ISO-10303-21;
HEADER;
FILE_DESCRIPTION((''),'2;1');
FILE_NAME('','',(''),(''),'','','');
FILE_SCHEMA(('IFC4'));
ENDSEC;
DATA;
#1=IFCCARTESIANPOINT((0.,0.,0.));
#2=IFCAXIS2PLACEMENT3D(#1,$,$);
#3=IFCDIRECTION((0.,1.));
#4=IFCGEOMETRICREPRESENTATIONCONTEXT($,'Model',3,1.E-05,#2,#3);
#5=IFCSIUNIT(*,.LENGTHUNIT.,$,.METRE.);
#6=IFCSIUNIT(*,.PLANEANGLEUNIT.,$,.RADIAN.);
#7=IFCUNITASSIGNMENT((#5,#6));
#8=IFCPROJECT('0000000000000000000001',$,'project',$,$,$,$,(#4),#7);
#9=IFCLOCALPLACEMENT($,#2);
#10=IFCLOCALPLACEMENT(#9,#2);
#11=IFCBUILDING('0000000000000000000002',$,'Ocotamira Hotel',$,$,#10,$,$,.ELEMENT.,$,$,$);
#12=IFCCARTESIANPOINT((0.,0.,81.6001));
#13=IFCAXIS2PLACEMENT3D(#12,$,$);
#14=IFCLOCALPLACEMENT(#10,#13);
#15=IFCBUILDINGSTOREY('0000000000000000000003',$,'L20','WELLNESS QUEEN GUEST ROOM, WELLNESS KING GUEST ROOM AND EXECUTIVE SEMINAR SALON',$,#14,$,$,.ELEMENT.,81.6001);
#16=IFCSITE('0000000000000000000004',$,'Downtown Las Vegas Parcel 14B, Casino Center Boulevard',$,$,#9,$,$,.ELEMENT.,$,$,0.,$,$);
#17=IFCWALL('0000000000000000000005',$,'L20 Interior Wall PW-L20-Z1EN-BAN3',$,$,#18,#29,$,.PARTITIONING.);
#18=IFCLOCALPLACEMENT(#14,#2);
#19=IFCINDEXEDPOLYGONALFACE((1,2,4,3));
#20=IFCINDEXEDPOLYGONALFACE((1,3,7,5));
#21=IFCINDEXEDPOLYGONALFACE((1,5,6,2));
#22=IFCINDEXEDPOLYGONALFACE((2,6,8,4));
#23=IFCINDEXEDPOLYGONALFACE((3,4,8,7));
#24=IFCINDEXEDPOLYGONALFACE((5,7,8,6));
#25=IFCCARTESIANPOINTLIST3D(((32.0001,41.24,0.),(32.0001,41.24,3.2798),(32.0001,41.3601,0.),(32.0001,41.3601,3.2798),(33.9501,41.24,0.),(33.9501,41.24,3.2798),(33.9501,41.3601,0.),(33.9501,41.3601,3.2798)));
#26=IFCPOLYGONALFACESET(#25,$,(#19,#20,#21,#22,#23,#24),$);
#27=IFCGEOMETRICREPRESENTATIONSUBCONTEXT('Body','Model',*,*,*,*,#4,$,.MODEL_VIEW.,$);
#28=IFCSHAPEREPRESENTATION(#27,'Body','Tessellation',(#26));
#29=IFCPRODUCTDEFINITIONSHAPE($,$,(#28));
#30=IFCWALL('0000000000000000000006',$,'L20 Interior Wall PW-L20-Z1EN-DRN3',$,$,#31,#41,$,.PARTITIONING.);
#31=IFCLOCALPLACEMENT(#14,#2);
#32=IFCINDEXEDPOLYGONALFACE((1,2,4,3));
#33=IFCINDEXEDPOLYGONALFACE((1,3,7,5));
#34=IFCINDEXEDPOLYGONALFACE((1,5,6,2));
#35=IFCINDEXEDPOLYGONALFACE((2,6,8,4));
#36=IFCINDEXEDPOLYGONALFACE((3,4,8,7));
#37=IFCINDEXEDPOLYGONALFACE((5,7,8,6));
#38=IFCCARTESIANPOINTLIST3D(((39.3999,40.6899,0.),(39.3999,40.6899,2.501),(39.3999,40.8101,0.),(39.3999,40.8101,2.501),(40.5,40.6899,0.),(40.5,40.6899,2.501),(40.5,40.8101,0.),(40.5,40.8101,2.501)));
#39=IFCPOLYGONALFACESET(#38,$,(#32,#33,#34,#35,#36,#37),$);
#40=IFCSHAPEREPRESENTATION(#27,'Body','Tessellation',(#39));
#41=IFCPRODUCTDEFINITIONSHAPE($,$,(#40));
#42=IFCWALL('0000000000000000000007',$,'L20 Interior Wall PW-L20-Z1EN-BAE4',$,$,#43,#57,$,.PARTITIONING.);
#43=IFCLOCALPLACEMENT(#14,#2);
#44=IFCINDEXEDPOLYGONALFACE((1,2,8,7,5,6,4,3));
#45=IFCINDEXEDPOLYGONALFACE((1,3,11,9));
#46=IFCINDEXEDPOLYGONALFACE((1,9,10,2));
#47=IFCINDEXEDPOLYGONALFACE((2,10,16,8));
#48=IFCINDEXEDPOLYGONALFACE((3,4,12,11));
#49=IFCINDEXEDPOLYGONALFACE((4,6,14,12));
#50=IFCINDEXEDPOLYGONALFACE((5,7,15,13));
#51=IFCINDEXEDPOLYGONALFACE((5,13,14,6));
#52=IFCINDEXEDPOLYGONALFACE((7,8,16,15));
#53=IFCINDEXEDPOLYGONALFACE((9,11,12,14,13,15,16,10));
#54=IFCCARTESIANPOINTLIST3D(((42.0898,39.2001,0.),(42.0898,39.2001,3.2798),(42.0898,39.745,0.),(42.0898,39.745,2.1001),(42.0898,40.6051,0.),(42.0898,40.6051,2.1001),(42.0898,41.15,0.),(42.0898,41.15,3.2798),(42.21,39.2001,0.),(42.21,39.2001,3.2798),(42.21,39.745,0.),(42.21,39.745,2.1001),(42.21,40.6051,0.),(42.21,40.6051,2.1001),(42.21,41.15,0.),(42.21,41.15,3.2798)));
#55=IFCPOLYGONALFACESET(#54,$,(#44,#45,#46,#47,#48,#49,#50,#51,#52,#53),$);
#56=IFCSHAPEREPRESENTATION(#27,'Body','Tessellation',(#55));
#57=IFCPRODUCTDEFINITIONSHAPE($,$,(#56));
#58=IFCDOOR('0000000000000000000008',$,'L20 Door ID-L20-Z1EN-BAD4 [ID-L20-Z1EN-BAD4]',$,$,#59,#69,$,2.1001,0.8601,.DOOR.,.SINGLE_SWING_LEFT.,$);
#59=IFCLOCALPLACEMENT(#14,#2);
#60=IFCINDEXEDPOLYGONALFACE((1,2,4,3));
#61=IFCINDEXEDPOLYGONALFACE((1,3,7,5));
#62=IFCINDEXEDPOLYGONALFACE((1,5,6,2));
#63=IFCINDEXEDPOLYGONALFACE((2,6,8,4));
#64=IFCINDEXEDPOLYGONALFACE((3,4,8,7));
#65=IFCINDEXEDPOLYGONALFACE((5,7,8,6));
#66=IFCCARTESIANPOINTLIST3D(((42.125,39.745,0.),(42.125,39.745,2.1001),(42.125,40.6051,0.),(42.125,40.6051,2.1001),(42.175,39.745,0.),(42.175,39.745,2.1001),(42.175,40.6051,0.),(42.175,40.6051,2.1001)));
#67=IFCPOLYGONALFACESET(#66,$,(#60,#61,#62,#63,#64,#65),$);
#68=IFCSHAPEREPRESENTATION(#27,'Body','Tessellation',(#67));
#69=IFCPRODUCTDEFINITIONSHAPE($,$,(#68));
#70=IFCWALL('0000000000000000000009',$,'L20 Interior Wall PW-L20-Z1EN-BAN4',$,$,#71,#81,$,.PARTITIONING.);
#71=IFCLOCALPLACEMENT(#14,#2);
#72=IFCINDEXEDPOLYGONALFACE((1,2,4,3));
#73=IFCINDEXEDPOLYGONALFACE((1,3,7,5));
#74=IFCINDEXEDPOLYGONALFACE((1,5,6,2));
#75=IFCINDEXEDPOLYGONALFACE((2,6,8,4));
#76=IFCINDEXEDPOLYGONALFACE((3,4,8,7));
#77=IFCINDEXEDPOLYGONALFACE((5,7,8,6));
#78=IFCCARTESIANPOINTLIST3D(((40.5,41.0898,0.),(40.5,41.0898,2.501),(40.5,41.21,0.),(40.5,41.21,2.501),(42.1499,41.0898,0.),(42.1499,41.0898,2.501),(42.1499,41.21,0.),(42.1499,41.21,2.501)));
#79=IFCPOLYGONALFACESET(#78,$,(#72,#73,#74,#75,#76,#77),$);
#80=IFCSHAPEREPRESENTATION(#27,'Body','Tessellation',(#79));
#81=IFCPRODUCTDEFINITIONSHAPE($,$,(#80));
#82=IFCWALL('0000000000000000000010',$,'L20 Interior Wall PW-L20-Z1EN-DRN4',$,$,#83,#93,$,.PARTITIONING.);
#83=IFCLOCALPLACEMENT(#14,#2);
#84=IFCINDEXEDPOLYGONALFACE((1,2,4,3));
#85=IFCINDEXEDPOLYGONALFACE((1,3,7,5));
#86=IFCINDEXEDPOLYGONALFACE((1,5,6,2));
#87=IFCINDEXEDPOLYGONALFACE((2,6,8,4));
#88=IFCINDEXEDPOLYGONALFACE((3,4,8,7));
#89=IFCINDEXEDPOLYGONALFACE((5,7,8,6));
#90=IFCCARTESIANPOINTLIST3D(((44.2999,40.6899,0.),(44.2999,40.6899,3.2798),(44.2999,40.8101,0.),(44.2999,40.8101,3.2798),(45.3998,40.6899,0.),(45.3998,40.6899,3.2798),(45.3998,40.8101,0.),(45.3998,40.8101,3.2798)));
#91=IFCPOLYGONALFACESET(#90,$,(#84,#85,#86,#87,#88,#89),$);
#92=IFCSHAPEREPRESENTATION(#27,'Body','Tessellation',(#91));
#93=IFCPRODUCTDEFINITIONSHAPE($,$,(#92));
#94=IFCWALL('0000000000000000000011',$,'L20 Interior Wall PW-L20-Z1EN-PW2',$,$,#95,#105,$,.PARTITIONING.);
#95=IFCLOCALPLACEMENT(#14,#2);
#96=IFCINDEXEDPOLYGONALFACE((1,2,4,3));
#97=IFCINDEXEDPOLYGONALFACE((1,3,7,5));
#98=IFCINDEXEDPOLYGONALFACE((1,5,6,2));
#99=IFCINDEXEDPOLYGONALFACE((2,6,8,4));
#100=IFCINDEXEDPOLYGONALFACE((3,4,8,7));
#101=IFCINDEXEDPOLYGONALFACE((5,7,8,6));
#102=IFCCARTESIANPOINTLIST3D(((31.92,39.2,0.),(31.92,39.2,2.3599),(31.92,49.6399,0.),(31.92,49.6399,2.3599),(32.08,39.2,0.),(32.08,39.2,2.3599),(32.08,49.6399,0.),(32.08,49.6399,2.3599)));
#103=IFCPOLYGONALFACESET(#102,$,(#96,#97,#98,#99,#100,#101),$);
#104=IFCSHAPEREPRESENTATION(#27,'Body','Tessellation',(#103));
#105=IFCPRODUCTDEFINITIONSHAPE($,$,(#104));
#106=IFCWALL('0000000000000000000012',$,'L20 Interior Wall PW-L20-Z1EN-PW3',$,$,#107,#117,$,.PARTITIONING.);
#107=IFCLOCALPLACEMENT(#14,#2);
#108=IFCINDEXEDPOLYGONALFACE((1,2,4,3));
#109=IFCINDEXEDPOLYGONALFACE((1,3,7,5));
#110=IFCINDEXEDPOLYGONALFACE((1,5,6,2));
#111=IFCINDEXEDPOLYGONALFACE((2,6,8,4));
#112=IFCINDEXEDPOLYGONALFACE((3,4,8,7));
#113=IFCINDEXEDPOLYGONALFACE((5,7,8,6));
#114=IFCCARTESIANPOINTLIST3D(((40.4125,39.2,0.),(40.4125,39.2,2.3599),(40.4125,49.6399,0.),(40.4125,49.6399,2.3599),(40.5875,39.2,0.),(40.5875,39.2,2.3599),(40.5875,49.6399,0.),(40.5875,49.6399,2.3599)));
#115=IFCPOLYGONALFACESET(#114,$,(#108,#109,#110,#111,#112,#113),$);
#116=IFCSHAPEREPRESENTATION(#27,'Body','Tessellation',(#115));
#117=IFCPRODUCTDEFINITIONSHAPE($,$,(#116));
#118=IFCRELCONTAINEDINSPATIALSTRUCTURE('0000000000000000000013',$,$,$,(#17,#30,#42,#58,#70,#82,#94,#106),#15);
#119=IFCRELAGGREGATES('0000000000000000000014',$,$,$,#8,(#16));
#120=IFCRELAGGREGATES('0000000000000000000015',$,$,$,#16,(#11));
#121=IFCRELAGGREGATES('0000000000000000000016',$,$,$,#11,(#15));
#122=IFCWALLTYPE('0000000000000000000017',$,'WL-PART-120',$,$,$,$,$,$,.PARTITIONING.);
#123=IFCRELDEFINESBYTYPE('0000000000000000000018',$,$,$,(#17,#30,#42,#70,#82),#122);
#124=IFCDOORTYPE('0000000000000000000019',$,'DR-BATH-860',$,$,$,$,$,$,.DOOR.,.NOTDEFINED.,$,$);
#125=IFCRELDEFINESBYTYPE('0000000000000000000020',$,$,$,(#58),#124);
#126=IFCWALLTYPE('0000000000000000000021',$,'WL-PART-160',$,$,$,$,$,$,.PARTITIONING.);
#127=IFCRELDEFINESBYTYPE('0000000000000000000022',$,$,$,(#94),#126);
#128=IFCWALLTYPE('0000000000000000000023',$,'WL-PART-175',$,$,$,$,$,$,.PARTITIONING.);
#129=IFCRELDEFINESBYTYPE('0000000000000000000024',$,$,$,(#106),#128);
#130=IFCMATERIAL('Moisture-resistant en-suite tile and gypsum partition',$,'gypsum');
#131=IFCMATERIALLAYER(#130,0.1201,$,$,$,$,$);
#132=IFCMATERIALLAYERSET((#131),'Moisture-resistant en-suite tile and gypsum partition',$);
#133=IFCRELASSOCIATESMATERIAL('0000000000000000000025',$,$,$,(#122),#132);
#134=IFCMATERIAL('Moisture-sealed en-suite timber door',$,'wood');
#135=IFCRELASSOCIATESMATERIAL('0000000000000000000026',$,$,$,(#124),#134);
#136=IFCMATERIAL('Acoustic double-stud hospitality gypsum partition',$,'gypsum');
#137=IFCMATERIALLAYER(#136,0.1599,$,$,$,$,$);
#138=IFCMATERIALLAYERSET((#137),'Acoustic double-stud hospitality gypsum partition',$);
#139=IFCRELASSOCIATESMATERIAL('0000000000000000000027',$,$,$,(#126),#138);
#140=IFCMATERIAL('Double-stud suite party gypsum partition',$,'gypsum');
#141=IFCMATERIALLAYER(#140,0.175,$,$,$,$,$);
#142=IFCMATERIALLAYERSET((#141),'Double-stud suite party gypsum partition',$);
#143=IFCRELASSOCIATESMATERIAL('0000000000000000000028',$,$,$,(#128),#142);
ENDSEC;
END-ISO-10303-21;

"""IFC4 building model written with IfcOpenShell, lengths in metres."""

from ifc_helpers import new_model, si_unit, direction, frame, frame_2d, origin, place, context, subcontext, project, spatial, rectangle, extrude, source, transform, mapped, material, layer, layer_set, type_object, element, fill, save


model = new_model("IFC4")

# Units and contexts
model_context = context("Model", 3, precision=1e-05, world=origin(), true_north=direction((0.0, 1.0)))
body_context = subcontext(model_context, "Body", "Model", "MODEL_VIEW")
ifc_project = project(units=[si_unit("LENGTHUNIT", "METRE"), si_unit("PLANEANGLEUNIT", "RADIAN")], contexts=[model_context])

# Site, building, storey
site_placement = place(None, origin())
site = spatial("IfcSite", under=ifc_project, at=site_placement, Name="Downtown Las Vegas Parcel 14B, Casino Center Boulevard", CompositionType="ELEMENT", RefElevation=0.0)
building_placement = place(site_placement, origin())
building = spatial("IfcBuilding", under=site, at=building_placement, Name="Ocotamira Hotel", CompositionType="ELEMENT")
storey_placement = place(building_placement, frame((0.0, 0.0, 81.6001)))
storey = spatial("IfcBuildingStorey", under=building, at=storey_placement, Name="L20", Description="WELLNESS QUEEN GUEST ROOM, WELLNESS KING GUEST ROOM AND EXECUTIVE SEMINAR SALON", CompositionType="ELEMENT", Elevation=81.6001)

# Shared definitions
ifc_material_1 = material(Name="Moisture-resistant en-suite tile and gypsum partition", Category="gypsum")
ifc_layer_1 = layer(ifc_material_1, 0.1201)
ifc_layer_set_1 = layer_set([ifc_layer_1], Name="Moisture-resistant en-suite tile and gypsum partition")
wall_type_1 = type_object("IfcWallType", Name="WL-PART-120", PredefinedType="PARTITIONING", material=ifc_layer_set_1)
ifc_material_2 = material(Name="Moisture-sealed en-suite timber door", Category="wood")
door_type = type_object("IfcDoorType", Name="DR-BATH-860", OperationType="NOTDEFINED", PredefinedType="DOOR", material=ifc_material_2)
shared_shape_1 = source(origin(), body_context, "Body", "SweptSolid", [
    extrude(rectangle(XDim=0.8601, YDim=2.1001, at=frame_2d((0.4302, 1.05))), frame((0.0, 0.0249, 0.0), z_axis=(0.0, -1.0, 0.0), x_axis=(1.0, 0.0, 0.0)), (0.0, 0.0, 1.0), 0.05),
])

# Walls
wall_1_placement = place(storey_placement, frame((32.0, 41.3, 0.0), z_axis=(0.0, 0.0, 1.0), x_axis=(1.0, 0.0, 0.0)))
element("IfcWall", 1, at=wall_1_placement, inside=storey, type_object=wall_type_1, Name="L20 Interior Wall PW-L20-Z1EN-BAN3", PredefinedType="PARTITIONING", context=body_context, shape_type="SweptSolid", body=[
    extrude(rectangle(XDim=1.95, YDim=0.1201, at=frame_2d((0.9751, 0.0))), origin(), (0.0, 0.0, 1.0), 3.2798),
])
wall_2_placement = place(storey_placement, frame((39.3999, 40.75, 0.0), z_axis=(0.0, 0.0, 1.0), x_axis=(1.0, 0.0, 0.0)))
element("IfcWall", 2, at=wall_2_placement, inside=storey, type_object=wall_type_1, Name="L20 Interior Wall PW-L20-Z1EN-DRN3", PredefinedType="PARTITIONING", context=body_context, shape_type="SweptSolid", body=[
    extrude(rectangle(XDim=1.1001, YDim=0.1201, at=frame_2d((0.55, 0.0))), origin(), (0.0, 0.0, 1.0), 2.501),
])

# Wall, opening, door
wall_3_placement = place(storey_placement, frame((42.1499, 39.2, 0.0), z_axis=(0.0, 0.0, 1.0), x_axis=(0.0, 1.0, 0.0)))
wall_3 = element("IfcWall", 3, at=wall_3_placement, inside=storey, type_object=wall_type_1, Name="L20 Interior Wall PW-L20-Z1EN-BAE4", PredefinedType="PARTITIONING", context=body_context, shape_type="SweptSolid", body=[
    extrude(rectangle(XDim=1.95, YDim=0.1201, at=frame_2d((0.9751, 0.0))), origin(), (0.0, 0.0, 1.0), 3.2798),
])
opening_1_placement = place(wall_3_placement, frame((0.5449, 0.0, 0.0)))
opening_1 = element("IfcOpeningElement", 4, at=opening_1_placement, cuts=wall_3, PredefinedType="OPENING", context=body_context, shape_type="SweptSolid", body=[
    extrude(rectangle(XDim=0.8601, YDim=2.1001, at=frame_2d((0.4302, 1.05))), frame((0.0, 0.0701, 0.0), z_axis=(0.0, -1.0, 0.0), x_axis=(1.0, 0.0, 0.0)), (0.0, 0.0, 1.0), 0.1401),
])
door_1_placement = place(opening_1_placement, origin())
door_1 = element("IfcDoor", 5, at=door_1_placement, inside=storey, type_object=door_type, Name="L20 Door ID-L20-Z1EN-BAD4 [ID-L20-Z1EN-BAD4]", OperationType="SINGLE_SWING_LEFT", OverallHeight=2.1001, OverallWidth=0.8601, PredefinedType="DOOR", context=body_context, shape_type="MappedRepresentation", body=[
    mapped(shared_shape_1, transform((0.0, 0.0, 0.0), scale=1.0)),
])
fill(opening_1, door_1)

# Walls
wall_4_placement = place(storey_placement, frame((40.5, 41.1499, 0.0), z_axis=(0.0, 0.0, 1.0), x_axis=(1.0, 0.0, 0.0)))
element("IfcWall", 6, at=wall_4_placement, inside=storey, type_object=wall_type_1, Name="L20 Interior Wall PW-L20-Z1EN-BAN4", PredefinedType="PARTITIONING", context=body_context, shape_type="SweptSolid", body=[
    extrude(rectangle(XDim=1.6499, YDim=0.1201, at=frame_2d((0.825, 0.0))), origin(), (0.0, 0.0, 1.0), 2.501),
])
wall_5_placement = place(storey_placement, frame((44.3, 40.75, 0.0), z_axis=(0.0, 0.0, 1.0), x_axis=(1.0, 0.0, 0.0)))
element("IfcWall", 7, at=wall_5_placement, inside=storey, type_object=wall_type_1, Name="L20 Interior Wall PW-L20-Z1EN-DRN4", PredefinedType="PARTITIONING", context=body_context, shape_type="SweptSolid", body=[
    extrude(rectangle(XDim=1.0999, YDim=0.1201, at=frame_2d((0.5498, 0.0))), origin(), (0.0, 0.0, 1.0), 3.2798),
])
ifc_material_3 = material(Name="Acoustic double-stud hospitality gypsum partition", Category="gypsum")
ifc_layer_2 = layer(ifc_material_3, 0.1599)
ifc_layer_set_2 = layer_set([ifc_layer_2], Name="Acoustic double-stud hospitality gypsum partition")
wall_type_2 = type_object("IfcWallType", Name="WL-PART-160", PredefinedType="PARTITIONING", material=ifc_layer_set_2)
wall_6_placement = place(storey_placement, frame((32.0, 39.2, 0.0), z_axis=(0.0, 0.0, 1.0), x_axis=(0.0, 1.0, 0.0)))
element("IfcWall", 8, at=wall_6_placement, inside=storey, type_object=wall_type_2, Name="L20 Interior Wall PW-L20-Z1EN-PW2", PredefinedType="PARTITIONING", context=body_context, shape_type="SweptSolid", body=[
    extrude(rectangle(XDim=10.4399, YDim=0.1599, at=frame_2d((5.22, 0.0))), origin(), (0.0, 0.0, 1.0), 2.3599),
])
ifc_material_4 = material(Name="Double-stud suite party gypsum partition", Category="gypsum")
ifc_layer_3 = layer(ifc_material_4, 0.175)
ifc_layer_set_3 = layer_set([ifc_layer_3], Name="Double-stud suite party gypsum partition")
wall_type_3 = type_object("IfcWallType", Name="WL-PART-175", PredefinedType="PARTITIONING", material=ifc_layer_set_3)
wall_7_placement = place(storey_placement, frame((40.5, 39.2, 0.0), z_axis=(0.0, 0.0, 1.0), x_axis=(0.0, 1.0, 0.0)))
element("IfcWall", 9, at=wall_7_placement, inside=storey, type_object=wall_type_3, Name="L20 Interior Wall PW-L20-Z1EN-PW3", PredefinedType="PARTITIONING", context=body_context, shape_type="SweptSolid", body=[
    extrude(rectangle(XDim=10.4399, YDim=0.175, at=frame_2d((5.22, 0.0))), origin(), (0.0, 0.0, 1.0), 2.3599),
])

save(model, "model.ifc")
